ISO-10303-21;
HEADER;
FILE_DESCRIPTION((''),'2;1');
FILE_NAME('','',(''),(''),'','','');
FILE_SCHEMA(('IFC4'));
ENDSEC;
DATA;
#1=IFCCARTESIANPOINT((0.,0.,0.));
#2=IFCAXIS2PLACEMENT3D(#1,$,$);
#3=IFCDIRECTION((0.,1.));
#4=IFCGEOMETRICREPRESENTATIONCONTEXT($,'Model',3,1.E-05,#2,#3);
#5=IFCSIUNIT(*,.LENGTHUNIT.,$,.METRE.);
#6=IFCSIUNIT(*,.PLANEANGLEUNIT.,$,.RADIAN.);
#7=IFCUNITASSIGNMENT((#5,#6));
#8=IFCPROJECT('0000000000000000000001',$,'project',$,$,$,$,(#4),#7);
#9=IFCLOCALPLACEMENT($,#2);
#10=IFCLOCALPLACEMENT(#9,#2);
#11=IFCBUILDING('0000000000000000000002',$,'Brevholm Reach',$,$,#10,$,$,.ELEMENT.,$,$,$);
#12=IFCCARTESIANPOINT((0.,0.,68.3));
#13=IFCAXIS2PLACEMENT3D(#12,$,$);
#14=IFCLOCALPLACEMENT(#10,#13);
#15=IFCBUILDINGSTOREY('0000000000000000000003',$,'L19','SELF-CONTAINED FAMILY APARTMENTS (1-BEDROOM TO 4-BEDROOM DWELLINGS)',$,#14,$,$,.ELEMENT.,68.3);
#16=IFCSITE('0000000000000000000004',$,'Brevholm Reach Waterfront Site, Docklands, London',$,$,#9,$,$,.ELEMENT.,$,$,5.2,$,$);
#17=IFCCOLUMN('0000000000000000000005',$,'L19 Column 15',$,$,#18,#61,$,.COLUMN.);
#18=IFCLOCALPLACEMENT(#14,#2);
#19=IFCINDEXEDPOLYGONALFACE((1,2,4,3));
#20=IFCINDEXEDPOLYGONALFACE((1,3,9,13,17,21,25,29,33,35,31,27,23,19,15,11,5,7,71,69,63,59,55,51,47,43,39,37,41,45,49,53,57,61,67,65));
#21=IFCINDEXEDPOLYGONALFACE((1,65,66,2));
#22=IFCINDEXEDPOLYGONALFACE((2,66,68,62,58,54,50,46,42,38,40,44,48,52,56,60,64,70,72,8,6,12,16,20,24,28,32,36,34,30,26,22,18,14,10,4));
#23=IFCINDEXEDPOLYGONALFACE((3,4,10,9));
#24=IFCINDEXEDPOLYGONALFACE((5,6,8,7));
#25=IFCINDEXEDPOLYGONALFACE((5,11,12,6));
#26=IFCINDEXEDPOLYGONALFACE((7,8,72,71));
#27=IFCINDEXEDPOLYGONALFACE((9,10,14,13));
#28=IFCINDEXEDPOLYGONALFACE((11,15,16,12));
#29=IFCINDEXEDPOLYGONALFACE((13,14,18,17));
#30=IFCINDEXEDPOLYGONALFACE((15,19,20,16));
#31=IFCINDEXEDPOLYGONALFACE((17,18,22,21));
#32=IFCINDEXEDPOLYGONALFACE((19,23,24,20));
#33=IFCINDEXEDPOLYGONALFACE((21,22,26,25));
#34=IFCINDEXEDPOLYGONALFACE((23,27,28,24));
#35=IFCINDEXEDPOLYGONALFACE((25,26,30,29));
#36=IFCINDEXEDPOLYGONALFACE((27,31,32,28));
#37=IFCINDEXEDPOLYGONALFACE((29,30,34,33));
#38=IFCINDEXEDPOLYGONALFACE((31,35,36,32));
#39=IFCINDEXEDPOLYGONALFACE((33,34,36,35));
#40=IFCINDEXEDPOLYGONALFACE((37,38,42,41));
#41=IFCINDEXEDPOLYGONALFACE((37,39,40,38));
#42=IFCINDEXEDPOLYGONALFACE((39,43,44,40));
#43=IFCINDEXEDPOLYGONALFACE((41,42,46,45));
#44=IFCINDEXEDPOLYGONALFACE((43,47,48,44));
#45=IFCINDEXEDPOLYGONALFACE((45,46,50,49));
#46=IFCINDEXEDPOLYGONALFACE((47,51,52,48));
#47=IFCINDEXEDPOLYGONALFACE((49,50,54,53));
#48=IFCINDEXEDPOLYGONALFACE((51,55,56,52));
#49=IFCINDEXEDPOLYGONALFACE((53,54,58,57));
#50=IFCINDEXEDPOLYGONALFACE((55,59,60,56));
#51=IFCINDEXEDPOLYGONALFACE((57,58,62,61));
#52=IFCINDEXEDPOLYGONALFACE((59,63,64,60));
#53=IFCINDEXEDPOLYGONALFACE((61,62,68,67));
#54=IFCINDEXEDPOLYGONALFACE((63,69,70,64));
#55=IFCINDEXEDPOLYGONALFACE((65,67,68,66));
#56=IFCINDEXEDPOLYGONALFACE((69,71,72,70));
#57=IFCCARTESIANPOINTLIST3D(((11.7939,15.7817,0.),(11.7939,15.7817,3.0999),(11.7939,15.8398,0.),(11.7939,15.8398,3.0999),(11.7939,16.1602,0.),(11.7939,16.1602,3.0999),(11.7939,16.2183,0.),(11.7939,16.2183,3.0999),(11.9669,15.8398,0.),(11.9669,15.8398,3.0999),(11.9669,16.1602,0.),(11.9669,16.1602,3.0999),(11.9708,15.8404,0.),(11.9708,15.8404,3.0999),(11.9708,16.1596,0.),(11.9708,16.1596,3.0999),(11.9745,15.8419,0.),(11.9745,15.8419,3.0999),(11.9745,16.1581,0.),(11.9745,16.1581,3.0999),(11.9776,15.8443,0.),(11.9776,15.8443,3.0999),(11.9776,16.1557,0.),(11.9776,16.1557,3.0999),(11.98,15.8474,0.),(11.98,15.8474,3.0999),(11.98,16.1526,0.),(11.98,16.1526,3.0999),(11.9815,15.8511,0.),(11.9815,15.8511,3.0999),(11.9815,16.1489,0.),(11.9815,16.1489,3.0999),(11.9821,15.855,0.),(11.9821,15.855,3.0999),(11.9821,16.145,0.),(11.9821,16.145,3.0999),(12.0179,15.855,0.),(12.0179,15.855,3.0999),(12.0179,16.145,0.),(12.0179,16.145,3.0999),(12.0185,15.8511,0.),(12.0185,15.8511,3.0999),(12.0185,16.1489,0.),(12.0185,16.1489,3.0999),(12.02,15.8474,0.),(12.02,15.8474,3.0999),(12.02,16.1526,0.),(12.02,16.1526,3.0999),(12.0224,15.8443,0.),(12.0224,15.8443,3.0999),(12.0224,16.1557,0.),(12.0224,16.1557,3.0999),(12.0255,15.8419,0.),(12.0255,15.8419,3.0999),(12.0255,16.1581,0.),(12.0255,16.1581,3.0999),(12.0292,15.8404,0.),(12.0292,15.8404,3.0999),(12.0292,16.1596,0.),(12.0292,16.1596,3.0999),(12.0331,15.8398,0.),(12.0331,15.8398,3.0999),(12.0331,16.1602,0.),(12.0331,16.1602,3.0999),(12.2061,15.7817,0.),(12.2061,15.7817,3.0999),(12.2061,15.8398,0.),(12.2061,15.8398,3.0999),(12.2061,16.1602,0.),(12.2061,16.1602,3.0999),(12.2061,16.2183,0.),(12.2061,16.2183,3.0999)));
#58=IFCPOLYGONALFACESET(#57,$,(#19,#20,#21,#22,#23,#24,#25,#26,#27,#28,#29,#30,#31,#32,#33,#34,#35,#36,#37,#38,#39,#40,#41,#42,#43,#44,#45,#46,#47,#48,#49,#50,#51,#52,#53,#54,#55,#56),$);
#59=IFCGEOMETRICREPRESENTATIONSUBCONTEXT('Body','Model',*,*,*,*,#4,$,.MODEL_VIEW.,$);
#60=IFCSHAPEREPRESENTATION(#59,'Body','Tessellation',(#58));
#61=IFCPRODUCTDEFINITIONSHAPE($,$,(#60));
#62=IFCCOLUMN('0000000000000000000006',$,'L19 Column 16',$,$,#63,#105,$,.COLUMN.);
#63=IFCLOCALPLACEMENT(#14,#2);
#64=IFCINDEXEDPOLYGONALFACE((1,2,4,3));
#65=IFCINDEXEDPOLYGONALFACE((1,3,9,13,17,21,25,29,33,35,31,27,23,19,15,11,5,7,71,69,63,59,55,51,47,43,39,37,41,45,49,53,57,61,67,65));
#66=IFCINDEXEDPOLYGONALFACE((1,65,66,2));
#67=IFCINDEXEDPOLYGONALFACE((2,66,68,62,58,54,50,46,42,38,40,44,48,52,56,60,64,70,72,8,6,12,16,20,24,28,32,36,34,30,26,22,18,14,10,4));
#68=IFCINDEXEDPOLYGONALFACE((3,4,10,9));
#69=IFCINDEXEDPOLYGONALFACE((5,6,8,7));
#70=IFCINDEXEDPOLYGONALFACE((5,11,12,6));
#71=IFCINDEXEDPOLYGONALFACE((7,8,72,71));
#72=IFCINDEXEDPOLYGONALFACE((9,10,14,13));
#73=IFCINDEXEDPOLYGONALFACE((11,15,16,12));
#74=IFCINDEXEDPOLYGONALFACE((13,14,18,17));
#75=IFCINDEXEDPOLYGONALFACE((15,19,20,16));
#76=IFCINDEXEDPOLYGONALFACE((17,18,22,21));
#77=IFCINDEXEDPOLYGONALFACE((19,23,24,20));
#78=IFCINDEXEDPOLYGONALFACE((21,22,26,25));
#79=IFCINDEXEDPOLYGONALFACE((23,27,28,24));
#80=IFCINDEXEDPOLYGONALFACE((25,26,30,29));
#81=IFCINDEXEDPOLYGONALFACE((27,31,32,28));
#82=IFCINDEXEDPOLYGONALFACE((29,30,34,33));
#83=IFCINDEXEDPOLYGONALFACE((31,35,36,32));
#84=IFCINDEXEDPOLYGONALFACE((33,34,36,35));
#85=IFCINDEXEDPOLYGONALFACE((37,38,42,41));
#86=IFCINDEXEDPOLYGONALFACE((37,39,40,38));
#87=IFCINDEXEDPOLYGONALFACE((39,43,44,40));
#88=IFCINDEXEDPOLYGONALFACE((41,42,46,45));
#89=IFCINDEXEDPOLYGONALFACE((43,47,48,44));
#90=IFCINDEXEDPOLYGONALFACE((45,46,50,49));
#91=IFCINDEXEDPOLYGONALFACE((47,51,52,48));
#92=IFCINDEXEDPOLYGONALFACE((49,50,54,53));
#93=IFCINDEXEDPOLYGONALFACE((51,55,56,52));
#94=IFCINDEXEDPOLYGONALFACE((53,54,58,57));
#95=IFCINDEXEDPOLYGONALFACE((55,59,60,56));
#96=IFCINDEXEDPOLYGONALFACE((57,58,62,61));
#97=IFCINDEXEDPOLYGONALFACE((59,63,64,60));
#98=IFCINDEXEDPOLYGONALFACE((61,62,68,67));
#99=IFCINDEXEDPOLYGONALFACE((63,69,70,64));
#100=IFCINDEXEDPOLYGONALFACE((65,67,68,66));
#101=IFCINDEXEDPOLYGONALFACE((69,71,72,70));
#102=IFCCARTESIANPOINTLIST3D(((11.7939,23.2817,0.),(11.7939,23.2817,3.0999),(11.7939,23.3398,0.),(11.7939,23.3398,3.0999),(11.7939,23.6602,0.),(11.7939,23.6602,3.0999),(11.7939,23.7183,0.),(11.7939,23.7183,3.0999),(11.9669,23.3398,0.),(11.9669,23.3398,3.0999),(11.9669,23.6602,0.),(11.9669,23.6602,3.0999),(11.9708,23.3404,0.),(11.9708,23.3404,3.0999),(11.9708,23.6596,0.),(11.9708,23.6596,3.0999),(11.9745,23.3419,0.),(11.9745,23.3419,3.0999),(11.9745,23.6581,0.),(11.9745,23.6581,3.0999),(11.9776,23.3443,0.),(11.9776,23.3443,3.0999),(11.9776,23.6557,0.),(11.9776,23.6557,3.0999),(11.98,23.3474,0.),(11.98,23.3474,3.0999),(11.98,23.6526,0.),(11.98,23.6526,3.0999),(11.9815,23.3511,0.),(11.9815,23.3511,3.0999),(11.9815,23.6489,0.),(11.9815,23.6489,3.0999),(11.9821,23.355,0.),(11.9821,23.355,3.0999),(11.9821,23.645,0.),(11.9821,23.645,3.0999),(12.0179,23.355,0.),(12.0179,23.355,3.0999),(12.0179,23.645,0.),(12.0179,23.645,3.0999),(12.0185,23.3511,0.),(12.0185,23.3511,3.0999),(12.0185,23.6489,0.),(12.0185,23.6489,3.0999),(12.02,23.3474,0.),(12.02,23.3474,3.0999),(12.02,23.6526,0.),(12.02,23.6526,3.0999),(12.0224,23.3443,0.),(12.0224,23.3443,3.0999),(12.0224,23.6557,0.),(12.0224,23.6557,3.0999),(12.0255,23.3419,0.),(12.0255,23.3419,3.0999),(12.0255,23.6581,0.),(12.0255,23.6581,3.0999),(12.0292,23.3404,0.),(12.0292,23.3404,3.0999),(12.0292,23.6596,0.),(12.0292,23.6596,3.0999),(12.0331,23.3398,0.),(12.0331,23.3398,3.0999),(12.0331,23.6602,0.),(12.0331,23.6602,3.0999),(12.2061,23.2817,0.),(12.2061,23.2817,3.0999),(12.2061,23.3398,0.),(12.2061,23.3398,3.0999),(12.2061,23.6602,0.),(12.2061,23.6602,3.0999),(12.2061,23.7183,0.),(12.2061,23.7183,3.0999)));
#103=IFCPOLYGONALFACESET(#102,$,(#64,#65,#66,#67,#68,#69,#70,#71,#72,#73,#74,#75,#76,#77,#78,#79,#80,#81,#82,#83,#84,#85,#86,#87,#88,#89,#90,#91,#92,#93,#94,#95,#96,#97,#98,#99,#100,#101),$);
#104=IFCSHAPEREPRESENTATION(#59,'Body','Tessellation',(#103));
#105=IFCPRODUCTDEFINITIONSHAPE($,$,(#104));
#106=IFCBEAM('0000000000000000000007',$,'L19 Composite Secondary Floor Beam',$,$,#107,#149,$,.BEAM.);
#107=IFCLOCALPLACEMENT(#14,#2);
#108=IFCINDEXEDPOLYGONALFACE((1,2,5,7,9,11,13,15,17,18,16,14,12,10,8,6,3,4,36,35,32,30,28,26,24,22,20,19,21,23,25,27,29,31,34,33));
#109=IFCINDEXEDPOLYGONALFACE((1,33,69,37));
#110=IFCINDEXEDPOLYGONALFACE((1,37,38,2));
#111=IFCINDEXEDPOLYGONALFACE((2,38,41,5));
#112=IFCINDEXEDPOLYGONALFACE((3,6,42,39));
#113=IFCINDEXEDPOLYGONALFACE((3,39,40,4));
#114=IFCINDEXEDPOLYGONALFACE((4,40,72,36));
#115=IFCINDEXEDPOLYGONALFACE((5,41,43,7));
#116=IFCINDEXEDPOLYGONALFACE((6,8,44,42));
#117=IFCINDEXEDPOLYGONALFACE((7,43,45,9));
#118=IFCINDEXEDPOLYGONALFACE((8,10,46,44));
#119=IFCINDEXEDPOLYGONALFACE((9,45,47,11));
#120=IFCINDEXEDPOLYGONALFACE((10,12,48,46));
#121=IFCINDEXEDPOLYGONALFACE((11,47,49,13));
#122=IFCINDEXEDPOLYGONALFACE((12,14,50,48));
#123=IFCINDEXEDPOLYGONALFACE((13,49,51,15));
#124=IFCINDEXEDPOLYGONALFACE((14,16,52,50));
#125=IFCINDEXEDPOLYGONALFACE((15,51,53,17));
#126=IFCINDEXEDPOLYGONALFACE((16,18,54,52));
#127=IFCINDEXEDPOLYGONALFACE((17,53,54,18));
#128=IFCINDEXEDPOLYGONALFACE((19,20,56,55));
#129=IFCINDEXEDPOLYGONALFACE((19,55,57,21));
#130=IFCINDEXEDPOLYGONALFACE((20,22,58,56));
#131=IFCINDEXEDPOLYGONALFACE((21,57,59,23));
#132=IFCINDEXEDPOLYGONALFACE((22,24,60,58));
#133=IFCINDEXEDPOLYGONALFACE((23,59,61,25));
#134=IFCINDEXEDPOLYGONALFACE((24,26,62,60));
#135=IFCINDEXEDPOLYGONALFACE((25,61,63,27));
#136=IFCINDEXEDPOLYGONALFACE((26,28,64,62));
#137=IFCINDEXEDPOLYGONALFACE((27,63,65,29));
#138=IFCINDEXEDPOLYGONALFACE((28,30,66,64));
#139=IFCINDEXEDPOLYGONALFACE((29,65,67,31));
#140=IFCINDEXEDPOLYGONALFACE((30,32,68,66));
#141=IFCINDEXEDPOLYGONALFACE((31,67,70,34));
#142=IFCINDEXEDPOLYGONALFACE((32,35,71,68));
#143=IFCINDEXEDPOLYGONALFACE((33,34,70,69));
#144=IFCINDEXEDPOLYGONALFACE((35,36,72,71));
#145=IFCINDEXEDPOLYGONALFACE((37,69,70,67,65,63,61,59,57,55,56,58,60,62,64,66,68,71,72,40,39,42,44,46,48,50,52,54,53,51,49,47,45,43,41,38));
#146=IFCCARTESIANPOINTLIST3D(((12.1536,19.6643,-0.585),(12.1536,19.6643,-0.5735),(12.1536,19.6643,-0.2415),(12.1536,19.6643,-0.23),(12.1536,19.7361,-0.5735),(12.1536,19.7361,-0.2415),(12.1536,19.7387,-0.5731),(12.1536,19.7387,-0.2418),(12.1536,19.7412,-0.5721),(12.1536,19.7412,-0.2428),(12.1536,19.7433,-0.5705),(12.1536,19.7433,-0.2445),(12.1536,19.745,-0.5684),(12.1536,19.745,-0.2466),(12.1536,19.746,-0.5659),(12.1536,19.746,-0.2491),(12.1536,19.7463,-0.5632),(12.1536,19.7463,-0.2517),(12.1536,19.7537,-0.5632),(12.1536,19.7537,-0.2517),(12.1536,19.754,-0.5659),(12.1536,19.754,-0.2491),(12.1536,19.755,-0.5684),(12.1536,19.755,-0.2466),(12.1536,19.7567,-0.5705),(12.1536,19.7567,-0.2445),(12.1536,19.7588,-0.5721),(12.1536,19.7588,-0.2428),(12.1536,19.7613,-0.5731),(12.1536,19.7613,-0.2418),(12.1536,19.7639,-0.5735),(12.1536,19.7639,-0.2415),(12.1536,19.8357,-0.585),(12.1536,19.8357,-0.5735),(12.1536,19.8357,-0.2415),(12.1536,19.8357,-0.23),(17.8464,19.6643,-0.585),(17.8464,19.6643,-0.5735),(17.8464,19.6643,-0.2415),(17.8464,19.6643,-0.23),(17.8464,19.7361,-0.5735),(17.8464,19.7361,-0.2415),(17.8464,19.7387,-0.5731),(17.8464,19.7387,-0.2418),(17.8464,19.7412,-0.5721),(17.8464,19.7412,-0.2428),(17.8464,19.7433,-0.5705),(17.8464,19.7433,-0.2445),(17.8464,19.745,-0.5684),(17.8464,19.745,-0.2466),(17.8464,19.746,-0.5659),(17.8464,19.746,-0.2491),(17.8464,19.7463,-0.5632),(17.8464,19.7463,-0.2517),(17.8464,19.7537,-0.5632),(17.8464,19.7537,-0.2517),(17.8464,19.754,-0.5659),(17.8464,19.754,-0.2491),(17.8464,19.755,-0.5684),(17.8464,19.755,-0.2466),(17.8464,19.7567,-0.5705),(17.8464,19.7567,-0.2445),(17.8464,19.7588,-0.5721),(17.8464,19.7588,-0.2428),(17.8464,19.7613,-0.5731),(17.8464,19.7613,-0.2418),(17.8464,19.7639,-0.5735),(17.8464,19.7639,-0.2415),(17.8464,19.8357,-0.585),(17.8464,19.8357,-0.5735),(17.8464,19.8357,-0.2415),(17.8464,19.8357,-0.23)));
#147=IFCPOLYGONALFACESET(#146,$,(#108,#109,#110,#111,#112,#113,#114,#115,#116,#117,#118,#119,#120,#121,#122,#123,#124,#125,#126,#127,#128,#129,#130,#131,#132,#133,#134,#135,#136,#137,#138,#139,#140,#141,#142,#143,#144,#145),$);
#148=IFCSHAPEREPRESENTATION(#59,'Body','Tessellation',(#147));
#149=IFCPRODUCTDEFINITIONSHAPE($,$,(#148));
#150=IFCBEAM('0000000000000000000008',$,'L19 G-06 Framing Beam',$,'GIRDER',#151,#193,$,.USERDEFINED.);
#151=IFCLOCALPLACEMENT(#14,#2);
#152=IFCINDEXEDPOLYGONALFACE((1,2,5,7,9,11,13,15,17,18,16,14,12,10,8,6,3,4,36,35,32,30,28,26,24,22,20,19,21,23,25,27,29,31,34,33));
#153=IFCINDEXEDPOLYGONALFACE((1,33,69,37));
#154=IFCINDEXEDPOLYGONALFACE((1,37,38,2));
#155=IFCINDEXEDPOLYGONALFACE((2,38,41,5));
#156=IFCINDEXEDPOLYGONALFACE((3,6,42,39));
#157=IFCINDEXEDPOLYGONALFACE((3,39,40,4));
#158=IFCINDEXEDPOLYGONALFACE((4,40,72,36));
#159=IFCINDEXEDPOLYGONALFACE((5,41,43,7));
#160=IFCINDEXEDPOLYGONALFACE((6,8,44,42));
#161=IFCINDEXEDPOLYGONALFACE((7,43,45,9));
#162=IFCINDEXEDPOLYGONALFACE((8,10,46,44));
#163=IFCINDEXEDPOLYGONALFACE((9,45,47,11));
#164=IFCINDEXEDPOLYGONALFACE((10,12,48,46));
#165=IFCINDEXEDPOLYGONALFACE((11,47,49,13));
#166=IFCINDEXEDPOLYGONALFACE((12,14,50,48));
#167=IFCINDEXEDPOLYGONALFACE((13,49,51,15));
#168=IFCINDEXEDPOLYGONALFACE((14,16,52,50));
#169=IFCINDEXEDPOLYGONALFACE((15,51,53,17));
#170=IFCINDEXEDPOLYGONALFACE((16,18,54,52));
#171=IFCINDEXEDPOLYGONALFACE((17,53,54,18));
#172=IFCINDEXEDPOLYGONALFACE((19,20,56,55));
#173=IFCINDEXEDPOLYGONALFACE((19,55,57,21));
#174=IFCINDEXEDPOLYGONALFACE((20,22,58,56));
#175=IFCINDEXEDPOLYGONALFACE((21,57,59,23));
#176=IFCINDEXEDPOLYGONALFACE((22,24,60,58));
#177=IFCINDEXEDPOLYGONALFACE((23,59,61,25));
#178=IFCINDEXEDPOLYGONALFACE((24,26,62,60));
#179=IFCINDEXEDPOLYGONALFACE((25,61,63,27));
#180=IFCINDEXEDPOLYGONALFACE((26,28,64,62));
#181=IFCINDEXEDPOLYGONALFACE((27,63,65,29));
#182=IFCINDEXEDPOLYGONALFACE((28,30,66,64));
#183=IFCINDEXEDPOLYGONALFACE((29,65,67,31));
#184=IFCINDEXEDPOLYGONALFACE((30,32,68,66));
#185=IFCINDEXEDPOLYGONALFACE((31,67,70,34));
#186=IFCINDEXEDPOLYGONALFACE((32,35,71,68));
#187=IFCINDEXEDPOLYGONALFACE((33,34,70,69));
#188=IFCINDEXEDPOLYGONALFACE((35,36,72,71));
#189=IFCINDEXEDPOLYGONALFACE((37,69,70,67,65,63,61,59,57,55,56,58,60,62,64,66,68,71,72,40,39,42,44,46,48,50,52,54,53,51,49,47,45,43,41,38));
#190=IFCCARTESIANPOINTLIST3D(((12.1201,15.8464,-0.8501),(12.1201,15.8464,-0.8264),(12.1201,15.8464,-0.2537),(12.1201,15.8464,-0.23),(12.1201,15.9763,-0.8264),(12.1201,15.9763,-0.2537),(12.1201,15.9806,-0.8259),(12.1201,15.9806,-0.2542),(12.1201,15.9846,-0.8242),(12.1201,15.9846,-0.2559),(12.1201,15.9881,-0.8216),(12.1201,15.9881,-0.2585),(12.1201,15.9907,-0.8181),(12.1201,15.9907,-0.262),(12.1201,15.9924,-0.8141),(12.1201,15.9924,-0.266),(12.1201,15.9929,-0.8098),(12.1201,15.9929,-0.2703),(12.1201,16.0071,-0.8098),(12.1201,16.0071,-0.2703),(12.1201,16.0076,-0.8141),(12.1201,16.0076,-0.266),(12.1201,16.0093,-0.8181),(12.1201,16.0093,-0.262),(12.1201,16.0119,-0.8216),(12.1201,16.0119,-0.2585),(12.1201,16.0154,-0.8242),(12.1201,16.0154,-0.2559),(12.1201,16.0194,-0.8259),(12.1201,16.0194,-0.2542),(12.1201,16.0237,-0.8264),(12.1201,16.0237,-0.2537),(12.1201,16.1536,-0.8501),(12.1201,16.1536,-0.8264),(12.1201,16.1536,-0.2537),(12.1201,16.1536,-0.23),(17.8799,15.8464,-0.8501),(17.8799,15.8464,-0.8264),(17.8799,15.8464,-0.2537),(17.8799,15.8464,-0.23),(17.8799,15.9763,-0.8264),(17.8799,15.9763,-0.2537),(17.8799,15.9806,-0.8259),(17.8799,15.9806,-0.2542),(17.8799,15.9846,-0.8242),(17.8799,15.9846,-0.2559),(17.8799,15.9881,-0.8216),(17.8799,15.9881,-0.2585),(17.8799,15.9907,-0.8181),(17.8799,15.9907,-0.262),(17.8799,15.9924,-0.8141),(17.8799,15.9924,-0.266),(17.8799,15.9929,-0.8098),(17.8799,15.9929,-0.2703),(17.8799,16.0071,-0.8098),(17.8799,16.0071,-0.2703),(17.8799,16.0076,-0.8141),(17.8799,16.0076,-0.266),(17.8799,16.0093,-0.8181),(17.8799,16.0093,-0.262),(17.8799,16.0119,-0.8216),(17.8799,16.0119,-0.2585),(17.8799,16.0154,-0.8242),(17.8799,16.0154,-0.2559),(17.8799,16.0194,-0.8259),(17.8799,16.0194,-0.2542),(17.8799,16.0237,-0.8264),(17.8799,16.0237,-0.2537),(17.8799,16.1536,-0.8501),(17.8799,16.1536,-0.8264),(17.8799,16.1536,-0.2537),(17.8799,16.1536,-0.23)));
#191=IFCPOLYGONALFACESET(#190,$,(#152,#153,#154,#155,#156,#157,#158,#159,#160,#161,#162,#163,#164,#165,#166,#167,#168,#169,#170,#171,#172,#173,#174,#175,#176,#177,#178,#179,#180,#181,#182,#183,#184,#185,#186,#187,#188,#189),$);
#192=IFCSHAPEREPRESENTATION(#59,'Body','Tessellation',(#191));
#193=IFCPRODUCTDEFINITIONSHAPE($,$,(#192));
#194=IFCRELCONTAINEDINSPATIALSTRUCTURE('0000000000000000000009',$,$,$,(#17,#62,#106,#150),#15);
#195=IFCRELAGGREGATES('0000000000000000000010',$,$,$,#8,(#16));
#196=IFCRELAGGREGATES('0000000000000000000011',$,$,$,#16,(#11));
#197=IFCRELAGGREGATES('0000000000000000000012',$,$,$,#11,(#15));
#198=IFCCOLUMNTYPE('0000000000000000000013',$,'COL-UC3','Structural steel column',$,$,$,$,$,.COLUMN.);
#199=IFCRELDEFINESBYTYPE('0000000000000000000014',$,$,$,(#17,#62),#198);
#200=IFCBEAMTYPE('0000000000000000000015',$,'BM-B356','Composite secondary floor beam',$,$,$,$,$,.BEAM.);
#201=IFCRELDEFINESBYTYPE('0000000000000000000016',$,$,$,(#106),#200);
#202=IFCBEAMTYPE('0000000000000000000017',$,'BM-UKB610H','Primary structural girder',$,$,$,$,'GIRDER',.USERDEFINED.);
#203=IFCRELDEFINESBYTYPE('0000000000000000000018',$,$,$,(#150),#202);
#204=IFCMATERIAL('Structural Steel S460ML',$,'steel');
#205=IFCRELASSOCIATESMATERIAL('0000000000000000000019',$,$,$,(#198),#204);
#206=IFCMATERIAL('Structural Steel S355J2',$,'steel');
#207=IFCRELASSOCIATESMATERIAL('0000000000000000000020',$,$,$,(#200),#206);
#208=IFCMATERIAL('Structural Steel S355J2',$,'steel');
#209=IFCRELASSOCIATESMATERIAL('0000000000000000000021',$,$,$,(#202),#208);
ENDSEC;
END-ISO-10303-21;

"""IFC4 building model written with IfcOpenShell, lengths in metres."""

from ifc_helpers import new_model, si_unit, direction, frame, origin, origin_2d, place, context, subcontext, project, spatial, i_section, extrude, material, material_profile, profile_set, type_object, element, save


model = new_model("IFC4")

# Units and contexts
model_context = context("Model", 3, precision=1e-05, world=origin(), true_north=direction((0.0, 1.0)))
body_context = subcontext(model_context, "Body", "Model", "MODEL_VIEW")
ifc_project = project(units=[si_unit("LENGTHUNIT", "METRE"), si_unit("PLANEANGLEUNIT", "RADIAN")], contexts=[model_context])

# Site, building, storey
site_placement = place(None, origin())
site = spatial("IfcSite", under=ifc_project, at=site_placement, Name="Brevholm Reach Waterfront Site, Docklands, London", CompositionType="ELEMENT", RefElevation=5.2)
building_placement = place(site_placement, origin())
building = spatial("IfcBuilding", under=site, at=building_placement, Name="Brevholm Reach", CompositionType="ELEMENT")
storey_placement = place(building_placement, frame((0.0, 0.0, 68.3)))
storey = spatial("IfcBuildingStorey", under=building, at=storey_placement, Name="L19", Description="SELF-CONTAINED FAMILY APARTMENTS (1-BEDROOM TO 4-BEDROOM DWELLINGS)", CompositionType="ELEMENT", Elevation=68.3)

# Columns
ifc_material_1 = material(Name="Structural Steel S460ML", Category="steel")
ifc_material_profile_1 = material_profile(ifc_material_1, i_section(OverallWidth=0.4121, OverallDepth=0.4365, WebThickness=0.0359, FlangeThickness=0.0581, FilletRadius=0.0151, at=origin_2d()), Name="UKC 356x406x467")
ifc_profile_set_1 = profile_set([ifc_material_profile_1], Name="Structural Steel S460ML")
column_type = type_object("IfcColumnType", Name="COL-UC3", Description="Structural steel column", PredefinedType="COLUMN", material=ifc_profile_set_1)
for number, where, z_axis, x_axis, name in (
    (1, (12.0, 16.0, 0.0), (0.0, 0.0, 1.0), (1.0, 0.0, 0.0), "L19 Column 15"),
    (2, (12.0, 23.5, 0.0), (0.0, 0.0, 1.0), (1.0, 0.0, 0.0), "L19 Column 16"),
):
    element("IfcColumn", number, at=place(storey_placement, frame(where, z_axis=z_axis, x_axis=x_axis)), inside=storey, type_object=column_type, Name=name, PredefinedType="COLUMN", context=body_context, shape_type="SweptSolid", body=[
        extrude(i_section(OverallWidth=0.4121, OverallDepth=0.4365, WebThickness=0.0359, FlangeThickness=0.0581, FilletRadius=0.0151, at=origin_2d()), origin(), (0.0, 0.0, 1.0), 3.0999),
    ])

# Beams
ifc_material_2 = material(Name="Structural Steel S355J2", Category="steel")
ifc_material_profile_2 = material_profile(ifc_material_2, i_section(OverallWidth=0.1714, OverallDepth=0.355, WebThickness=0.0073, FlangeThickness=0.0115, FilletRadius=0.0103, at=origin_2d()), Name="UKB 356x171x51")
ifc_profile_set_2 = profile_set([ifc_material_profile_2], Name="Structural Steel S355J2")
beam_type_1 = type_object("IfcBeamType", Name="BM-B356", Description="Composite secondary floor beam", PredefinedType="BEAM", material=ifc_profile_set_2)
beam_1_placement = place(storey_placement, frame((12.1536, 19.75, -0.4075), z_axis=(1.0, 0.0, 0.0), x_axis=(0.0, 1.0, 0.0)))
element("IfcBeam", 3, at=beam_1_placement, inside=storey, type_object=beam_type_1, Name="L19 Composite Secondary Floor Beam", PredefinedType="BEAM", context=body_context, shape_type="SweptSolid", body=[
    extrude(i_section(OverallWidth=0.1714, OverallDepth=0.355, WebThickness=0.0073, FlangeThickness=0.0115, FilletRadius=0.0103, at=origin_2d()), origin(), (0.0, 0.0, 1.0), 5.6929),
])
ifc_material_3 = material(Name="Structural Steel S355J2", Category="steel")
ifc_material_profile_3 = material_profile(ifc_material_3, i_section(OverallWidth=0.3071, OverallDepth=0.6201, WebThickness=0.0142, FlangeThickness=0.0237, FilletRadius=0.0166, at=origin_2d()), Name="UKB 610x305x179")
ifc_profile_set_3 = profile_set([ifc_material_profile_3], Name="Structural Steel S355J2")
beam_type_2 = type_object("IfcBeamType", Name="BM-UKB610H", Description="Primary structural girder", ElementType="GIRDER", PredefinedType="USERDEFINED", material=ifc_profile_set_3)
for number, where, z_axis, x_axis, name in (
    (4, (12.1201, 16.0, -0.54), (1.0, 0.0, 0.0), (0.0, 1.0, 0.0), "L19 G-06 Framing Beam"),
):
    element("IfcBeam", number, at=place(storey_placement, frame(where, z_axis=z_axis, x_axis=x_axis)), inside=storey, type_object=beam_type_2, Name=name, ObjectType="GIRDER", PredefinedType="USERDEFINED", context=body_context, shape_type="SweptSolid", body=[
        extrude(i_section(OverallWidth=0.3071, OverallDepth=0.6201, WebThickness=0.0142, FlangeThickness=0.0237, FilletRadius=0.0166, at=origin_2d()), origin(), (0.0, 0.0, 1.0), 5.7598),
    ])

save(model, "model.ifc")
